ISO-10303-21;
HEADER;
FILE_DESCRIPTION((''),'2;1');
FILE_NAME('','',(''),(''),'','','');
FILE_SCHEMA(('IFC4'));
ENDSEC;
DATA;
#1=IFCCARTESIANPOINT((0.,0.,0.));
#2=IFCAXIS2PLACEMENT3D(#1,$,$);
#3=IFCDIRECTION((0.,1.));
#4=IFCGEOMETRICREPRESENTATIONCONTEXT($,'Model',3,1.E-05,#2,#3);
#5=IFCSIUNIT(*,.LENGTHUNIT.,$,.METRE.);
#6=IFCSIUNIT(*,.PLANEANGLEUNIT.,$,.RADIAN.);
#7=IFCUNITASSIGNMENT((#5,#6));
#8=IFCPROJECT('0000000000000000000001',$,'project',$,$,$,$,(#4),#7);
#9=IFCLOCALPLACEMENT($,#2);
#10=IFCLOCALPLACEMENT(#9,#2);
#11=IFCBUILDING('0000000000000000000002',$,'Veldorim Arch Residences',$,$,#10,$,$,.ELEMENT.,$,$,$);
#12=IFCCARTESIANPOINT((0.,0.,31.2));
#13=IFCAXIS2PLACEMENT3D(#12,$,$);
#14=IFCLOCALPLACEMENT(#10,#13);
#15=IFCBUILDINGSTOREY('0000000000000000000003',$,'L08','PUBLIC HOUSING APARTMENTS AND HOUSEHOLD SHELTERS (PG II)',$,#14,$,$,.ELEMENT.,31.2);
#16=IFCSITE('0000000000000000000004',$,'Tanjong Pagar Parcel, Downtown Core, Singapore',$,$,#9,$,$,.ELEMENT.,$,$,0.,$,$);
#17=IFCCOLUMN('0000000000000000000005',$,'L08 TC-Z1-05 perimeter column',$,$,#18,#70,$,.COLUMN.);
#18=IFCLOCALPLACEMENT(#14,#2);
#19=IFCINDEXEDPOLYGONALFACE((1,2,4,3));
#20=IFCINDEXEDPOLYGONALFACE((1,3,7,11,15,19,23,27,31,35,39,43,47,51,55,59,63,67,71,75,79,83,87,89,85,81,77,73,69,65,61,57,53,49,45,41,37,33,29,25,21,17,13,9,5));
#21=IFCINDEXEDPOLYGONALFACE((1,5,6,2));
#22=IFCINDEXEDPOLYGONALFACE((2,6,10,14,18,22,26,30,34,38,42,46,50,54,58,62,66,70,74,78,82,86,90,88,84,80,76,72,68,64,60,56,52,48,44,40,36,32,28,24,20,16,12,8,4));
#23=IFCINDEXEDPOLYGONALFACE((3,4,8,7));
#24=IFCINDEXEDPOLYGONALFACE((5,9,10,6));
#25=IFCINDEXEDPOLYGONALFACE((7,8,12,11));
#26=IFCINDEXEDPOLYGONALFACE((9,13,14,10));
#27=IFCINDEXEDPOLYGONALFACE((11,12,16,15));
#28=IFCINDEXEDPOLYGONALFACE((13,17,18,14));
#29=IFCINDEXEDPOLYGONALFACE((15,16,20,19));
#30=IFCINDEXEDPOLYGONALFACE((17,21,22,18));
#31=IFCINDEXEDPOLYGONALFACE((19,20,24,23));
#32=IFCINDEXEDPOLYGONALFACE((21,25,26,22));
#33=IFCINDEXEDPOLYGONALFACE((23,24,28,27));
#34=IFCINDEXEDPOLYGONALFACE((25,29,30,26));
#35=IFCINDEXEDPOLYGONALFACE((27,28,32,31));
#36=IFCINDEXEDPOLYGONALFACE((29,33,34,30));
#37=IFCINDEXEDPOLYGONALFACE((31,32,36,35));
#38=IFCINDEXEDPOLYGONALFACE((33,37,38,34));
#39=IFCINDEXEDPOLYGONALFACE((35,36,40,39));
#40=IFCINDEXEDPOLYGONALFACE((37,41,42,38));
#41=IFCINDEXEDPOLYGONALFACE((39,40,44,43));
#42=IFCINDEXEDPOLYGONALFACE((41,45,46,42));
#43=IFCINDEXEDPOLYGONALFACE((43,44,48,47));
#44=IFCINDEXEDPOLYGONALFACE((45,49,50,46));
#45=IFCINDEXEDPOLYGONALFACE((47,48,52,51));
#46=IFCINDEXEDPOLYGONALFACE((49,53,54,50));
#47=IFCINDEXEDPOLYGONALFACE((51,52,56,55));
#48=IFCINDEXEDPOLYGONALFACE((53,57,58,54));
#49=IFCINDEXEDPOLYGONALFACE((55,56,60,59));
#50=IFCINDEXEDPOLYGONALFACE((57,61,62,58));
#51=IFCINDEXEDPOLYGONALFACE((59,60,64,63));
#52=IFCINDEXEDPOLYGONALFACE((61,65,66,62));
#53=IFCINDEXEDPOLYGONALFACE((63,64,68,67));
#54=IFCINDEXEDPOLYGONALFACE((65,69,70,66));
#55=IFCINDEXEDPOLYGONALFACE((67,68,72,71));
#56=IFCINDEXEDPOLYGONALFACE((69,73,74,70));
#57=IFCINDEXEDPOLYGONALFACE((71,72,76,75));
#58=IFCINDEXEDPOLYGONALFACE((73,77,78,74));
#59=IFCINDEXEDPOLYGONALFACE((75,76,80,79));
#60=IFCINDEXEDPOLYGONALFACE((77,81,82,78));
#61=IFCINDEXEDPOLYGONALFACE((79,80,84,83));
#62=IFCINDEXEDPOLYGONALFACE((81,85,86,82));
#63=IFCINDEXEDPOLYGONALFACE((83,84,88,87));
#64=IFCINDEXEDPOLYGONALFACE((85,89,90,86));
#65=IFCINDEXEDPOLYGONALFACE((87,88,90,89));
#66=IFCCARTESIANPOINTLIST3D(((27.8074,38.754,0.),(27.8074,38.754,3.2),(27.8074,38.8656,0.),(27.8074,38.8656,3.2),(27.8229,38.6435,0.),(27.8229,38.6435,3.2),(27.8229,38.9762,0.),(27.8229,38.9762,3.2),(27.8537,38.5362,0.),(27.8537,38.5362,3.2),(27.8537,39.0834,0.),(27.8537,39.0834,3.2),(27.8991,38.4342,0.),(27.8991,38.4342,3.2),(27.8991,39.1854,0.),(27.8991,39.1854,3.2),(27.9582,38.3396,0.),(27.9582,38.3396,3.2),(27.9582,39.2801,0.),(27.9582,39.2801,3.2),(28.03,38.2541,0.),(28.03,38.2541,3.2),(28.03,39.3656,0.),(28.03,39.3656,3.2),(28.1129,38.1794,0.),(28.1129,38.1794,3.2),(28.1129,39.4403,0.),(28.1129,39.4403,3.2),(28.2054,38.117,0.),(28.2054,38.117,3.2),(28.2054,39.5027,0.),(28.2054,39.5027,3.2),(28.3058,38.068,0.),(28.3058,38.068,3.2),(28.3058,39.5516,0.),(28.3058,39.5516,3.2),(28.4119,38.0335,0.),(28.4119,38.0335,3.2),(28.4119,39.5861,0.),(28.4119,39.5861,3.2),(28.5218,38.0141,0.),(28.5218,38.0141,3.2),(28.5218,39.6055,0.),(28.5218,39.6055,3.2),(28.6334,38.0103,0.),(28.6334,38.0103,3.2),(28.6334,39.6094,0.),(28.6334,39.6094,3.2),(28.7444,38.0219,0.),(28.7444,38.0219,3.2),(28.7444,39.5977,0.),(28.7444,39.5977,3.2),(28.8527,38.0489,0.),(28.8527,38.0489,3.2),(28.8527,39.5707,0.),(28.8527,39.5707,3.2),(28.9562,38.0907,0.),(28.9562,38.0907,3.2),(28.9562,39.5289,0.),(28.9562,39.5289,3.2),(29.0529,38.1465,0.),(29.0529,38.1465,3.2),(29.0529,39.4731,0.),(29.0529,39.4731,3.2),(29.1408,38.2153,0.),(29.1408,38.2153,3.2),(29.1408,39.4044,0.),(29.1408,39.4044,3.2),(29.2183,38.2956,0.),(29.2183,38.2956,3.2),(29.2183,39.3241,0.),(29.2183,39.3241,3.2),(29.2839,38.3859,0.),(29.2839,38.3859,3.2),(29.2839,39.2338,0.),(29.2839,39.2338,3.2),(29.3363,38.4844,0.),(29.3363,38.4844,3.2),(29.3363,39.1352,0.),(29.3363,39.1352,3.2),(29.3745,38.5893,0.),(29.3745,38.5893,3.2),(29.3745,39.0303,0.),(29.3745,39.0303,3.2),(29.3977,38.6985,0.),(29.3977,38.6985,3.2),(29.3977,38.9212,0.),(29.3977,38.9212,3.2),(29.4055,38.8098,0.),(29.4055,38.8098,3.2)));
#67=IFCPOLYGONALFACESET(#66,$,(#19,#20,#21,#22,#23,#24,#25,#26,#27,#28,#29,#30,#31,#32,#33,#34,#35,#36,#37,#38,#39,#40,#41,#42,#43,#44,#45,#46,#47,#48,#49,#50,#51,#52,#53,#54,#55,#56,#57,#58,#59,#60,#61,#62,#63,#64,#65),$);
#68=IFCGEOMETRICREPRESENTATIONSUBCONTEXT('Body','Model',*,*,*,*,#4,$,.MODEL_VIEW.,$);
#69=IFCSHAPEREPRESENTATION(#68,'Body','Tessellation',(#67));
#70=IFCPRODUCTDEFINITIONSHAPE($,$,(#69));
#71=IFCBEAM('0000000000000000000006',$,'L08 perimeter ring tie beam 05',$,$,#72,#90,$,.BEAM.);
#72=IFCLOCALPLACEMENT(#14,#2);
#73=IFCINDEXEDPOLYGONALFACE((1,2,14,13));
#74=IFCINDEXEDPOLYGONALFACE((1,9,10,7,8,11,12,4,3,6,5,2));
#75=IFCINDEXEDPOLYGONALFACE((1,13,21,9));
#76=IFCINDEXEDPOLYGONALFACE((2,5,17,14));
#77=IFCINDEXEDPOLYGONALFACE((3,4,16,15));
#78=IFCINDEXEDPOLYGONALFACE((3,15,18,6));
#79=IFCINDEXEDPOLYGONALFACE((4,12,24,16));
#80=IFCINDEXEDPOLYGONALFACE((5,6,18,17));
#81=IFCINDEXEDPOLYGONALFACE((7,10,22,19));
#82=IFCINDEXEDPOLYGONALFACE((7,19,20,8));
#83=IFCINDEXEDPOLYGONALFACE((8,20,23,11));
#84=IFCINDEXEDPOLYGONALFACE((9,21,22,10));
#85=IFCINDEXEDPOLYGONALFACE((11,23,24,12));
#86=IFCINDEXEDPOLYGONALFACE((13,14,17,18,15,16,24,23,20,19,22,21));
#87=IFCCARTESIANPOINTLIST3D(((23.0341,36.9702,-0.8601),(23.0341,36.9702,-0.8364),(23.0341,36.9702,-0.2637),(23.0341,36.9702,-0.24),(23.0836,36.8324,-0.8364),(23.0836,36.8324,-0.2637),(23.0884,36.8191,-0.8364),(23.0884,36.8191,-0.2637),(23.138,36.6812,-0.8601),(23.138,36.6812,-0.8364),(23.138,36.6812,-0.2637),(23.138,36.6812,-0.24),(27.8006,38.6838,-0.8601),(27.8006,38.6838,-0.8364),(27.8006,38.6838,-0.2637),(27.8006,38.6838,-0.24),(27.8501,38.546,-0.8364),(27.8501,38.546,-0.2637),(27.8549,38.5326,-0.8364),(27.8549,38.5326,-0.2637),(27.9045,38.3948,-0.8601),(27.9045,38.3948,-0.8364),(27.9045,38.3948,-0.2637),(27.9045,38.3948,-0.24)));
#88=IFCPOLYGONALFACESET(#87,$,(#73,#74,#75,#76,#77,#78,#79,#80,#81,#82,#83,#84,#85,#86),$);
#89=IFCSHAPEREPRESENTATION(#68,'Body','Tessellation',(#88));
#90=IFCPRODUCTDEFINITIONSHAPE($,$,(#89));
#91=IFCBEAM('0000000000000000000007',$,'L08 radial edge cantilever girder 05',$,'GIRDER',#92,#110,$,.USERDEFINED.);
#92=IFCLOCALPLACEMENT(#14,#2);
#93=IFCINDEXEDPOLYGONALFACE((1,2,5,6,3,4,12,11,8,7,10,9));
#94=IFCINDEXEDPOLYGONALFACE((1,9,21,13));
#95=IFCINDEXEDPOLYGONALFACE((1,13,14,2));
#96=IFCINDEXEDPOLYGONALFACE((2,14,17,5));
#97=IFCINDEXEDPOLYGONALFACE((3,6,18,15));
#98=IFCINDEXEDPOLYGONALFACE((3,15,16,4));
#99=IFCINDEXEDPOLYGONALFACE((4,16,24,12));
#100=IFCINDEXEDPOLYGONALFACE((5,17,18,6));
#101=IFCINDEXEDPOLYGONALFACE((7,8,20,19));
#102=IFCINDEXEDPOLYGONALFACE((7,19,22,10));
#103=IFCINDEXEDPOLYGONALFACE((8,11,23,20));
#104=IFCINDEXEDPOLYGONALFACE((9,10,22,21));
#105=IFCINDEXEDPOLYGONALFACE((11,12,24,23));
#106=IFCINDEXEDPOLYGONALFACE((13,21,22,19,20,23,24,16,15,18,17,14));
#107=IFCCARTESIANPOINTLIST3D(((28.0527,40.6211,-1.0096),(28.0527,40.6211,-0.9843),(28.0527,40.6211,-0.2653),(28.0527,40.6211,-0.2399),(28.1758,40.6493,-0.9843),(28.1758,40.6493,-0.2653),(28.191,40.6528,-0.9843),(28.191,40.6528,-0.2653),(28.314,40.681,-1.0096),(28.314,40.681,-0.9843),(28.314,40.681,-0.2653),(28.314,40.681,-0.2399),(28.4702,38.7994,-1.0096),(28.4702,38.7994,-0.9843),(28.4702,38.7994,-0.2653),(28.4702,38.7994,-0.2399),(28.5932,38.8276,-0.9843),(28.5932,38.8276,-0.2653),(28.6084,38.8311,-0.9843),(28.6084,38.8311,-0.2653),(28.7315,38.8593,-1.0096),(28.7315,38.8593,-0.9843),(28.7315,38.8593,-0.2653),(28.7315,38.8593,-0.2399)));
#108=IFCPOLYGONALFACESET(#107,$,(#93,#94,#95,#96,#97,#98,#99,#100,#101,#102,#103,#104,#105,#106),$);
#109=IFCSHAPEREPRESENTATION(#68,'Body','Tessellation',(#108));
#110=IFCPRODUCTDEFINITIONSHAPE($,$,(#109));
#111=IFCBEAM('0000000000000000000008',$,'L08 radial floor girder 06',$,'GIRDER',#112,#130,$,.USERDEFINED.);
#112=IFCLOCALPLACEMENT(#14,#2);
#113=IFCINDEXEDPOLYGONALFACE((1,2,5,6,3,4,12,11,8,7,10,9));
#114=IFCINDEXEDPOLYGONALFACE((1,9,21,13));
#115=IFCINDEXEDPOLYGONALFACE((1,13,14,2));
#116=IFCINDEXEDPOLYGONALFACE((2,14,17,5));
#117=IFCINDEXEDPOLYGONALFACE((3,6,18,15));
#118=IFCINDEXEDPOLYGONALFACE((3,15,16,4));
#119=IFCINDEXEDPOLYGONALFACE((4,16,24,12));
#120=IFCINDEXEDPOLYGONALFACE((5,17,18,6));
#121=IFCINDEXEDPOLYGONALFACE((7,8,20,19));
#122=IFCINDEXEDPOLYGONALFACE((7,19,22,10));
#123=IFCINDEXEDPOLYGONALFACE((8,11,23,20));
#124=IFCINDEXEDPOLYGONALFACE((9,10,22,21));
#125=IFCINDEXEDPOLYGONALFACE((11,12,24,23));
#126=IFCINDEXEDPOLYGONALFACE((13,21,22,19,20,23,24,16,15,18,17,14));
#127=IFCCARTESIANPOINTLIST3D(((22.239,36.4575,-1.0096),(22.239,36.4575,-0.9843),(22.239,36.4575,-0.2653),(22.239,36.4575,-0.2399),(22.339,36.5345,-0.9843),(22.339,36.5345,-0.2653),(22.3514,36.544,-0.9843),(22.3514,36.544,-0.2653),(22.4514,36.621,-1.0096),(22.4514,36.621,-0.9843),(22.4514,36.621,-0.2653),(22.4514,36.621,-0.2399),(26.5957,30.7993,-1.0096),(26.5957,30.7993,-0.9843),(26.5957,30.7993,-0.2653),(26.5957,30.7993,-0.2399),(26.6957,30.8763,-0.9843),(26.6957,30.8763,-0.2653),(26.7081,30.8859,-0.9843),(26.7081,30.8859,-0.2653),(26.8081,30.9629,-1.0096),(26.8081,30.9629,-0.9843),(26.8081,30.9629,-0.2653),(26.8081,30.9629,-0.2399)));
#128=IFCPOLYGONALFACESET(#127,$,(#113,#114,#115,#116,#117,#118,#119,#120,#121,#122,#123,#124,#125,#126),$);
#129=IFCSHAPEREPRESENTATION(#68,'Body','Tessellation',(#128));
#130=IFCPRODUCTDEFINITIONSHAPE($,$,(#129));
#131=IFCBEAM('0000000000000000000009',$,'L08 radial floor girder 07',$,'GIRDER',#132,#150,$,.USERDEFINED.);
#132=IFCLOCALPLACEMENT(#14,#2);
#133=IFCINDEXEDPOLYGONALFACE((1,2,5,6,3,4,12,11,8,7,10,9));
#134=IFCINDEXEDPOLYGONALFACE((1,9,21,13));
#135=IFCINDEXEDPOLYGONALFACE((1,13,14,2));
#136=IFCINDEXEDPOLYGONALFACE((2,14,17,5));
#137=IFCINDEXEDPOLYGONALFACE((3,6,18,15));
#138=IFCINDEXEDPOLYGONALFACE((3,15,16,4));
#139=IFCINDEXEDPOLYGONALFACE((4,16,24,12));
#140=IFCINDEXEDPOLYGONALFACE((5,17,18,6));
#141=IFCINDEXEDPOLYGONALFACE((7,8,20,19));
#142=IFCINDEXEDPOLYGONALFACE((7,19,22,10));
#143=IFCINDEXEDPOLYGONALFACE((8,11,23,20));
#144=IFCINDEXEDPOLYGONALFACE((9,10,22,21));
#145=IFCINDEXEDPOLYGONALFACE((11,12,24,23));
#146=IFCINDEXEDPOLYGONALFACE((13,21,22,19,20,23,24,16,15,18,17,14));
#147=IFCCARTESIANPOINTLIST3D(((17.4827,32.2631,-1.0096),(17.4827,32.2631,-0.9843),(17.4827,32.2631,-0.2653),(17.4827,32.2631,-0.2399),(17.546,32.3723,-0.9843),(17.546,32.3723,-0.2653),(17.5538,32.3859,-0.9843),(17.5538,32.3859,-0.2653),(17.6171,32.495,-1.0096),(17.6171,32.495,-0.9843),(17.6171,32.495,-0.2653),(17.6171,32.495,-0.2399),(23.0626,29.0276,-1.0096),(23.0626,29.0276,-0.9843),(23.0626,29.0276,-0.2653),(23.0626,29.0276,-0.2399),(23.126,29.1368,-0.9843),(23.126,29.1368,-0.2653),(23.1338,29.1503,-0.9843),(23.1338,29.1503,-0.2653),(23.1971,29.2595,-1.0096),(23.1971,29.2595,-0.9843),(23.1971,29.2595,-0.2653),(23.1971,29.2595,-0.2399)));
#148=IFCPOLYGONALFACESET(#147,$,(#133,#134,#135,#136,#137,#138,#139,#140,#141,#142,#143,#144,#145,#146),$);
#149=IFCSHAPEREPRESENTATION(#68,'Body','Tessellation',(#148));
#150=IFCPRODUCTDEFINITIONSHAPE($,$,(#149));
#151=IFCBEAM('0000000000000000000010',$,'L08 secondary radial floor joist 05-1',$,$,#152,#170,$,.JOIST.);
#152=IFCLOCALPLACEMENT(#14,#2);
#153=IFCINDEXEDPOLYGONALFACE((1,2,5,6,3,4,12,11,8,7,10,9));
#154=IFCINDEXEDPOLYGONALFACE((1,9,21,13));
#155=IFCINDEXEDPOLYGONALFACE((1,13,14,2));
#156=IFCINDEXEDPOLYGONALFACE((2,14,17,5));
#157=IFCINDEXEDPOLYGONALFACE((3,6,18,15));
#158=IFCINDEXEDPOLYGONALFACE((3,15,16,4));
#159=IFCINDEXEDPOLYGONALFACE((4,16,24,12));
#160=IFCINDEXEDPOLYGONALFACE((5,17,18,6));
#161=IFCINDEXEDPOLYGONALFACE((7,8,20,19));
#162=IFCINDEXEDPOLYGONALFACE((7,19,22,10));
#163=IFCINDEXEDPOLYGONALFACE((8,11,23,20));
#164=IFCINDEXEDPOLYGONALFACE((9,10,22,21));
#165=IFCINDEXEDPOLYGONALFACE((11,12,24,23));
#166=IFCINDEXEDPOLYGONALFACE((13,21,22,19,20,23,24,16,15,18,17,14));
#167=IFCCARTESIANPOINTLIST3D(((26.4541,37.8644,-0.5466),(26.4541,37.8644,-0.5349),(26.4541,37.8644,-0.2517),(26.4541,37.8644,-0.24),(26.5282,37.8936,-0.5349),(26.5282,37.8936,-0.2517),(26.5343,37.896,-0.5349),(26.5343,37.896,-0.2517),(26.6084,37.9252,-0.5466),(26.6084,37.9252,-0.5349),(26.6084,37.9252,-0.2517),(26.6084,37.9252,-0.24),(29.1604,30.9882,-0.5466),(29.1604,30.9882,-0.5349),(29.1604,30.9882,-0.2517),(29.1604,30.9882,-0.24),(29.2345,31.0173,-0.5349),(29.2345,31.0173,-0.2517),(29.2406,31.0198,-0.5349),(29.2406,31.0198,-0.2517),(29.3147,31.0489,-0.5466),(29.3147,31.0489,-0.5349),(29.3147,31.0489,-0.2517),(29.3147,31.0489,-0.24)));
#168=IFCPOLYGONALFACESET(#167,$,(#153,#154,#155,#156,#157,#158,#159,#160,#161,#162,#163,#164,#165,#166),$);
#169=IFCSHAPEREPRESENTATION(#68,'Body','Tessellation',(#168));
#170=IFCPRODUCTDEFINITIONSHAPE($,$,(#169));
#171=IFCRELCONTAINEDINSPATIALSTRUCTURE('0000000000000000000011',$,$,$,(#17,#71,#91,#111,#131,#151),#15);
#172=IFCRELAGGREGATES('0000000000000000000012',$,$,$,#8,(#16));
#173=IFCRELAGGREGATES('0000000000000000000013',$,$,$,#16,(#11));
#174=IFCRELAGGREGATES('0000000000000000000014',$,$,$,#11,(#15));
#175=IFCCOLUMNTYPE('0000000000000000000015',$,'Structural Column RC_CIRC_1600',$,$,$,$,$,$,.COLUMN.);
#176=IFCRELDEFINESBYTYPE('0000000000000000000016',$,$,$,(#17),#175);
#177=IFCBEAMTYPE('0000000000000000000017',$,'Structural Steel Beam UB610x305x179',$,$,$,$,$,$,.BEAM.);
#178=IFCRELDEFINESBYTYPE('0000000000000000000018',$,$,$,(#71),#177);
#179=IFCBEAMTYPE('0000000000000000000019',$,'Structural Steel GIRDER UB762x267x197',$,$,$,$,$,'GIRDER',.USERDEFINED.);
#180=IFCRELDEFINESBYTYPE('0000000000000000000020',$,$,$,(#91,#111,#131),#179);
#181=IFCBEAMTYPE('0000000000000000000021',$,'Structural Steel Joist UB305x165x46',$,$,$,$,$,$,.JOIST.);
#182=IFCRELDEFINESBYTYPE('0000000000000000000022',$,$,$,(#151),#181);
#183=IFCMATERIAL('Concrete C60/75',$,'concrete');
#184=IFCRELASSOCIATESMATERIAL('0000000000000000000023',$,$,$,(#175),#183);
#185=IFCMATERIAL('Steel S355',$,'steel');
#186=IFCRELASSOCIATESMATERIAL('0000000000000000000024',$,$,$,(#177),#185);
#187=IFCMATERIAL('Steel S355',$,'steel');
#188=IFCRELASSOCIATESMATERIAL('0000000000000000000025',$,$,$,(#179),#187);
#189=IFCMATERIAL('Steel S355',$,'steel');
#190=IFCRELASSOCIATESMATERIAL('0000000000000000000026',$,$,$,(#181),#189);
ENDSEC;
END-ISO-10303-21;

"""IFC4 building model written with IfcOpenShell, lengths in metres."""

from ifc_helpers import new_model, si_unit, direction, frame, origin, origin_2d, place, context, subcontext, project, spatial, circle, i_section, extrude, material, material_profile, profile_set, type_object, element, save


model = new_model("IFC4")

# Units and contexts
model_context = context("Model", 3, precision=1e-05, world=origin(), true_north=direction((0.0, 1.0)))
body_context = subcontext(model_context, "Body", "Model", "MODEL_VIEW")
ifc_project = project(units=[si_unit("LENGTHUNIT", "METRE"), si_unit("PLANEANGLEUNIT", "RADIAN")], contexts=[model_context])

# Site, building, storey
site_placement = place(None, origin())
site = spatial("IfcSite", under=ifc_project, at=site_placement, Name="Tanjong Pagar Parcel, Downtown Core, Singapore", CompositionType="ELEMENT", RefElevation=0.0)
building_placement = place(site_placement, origin())
building = spatial("IfcBuilding", under=site, at=building_placement, Name="Veldorim Arch Residences", CompositionType="ELEMENT")
storey_placement = place(building_placement, frame((0.0, 0.0, 31.2)))
storey = spatial("IfcBuildingStorey", under=building, at=storey_placement, Name="L08", Description="PUBLIC HOUSING APARTMENTS AND HOUSEHOLD SHELTERS (PG II)", CompositionType="ELEMENT", Elevation=31.2)

# Column
ifc_material_1 = material(Name="Concrete C60/75", Category="concrete")
ifc_material_profile_1 = material_profile(ifc_material_1, circle(Radius=0.8, at=origin_2d()), Name="RC_CIRC_1600")
ifc_profile_set_1 = profile_set([ifc_material_profile_1], Name="Concrete C60/75")
column_type = type_object("IfcColumnType", Name="Structural Column RC_CIRC_1600", PredefinedType="COLUMN", material=ifc_profile_set_1)
column_placement = place(storey_placement, frame((28.6055, 38.8098, 0.0), z_axis=(0.0, 0.0, 1.0), x_axis=(1.0, 0.0, 0.0)))
element("IfcColumn", 1, at=column_placement, inside=storey, type_object=column_type, Name="L08 TC-Z1-05 perimeter column", PredefinedType="COLUMN", context=body_context, shape_type="SweptSolid", body=[
    extrude(circle(Radius=0.8, at=origin_2d()), origin(), (0.0, 0.0, 1.0), 3.2),
])

# Beams
ifc_material_2 = material(Name="Steel S355", Category="steel")
ifc_material_profile_2 = material_profile(ifc_material_2, i_section(OverallWidth=0.3071, OverallDepth=0.6201, WebThickness=0.0142, FlangeThickness=0.0237, at=origin_2d()), Name="UB610x305x179")
ifc_profile_set_2 = profile_set([ifc_material_profile_2], Name="Steel S355")
beam_type_1 = type_object("IfcBeamType", Name="Structural Steel Beam UB610x305x179", PredefinedType="BEAM", material=ifc_profile_set_2)
beam_1_placement = place(storey_placement, frame((27.8525, 38.5393, -0.55), z_axis=(-0.941035, -0.338308, 0.0), x_axis=(0.338308, -0.941035, 0.0)))
element("IfcBeam", 2, at=beam_1_placement, inside=storey, type_object=beam_type_1, Name="L08 perimeter ring tie beam 05", PredefinedType="BEAM", context=body_context, shape_type="SweptSolid", body=[
    extrude(i_section(OverallWidth=0.3071, OverallDepth=0.6201, WebThickness=0.0142, FlangeThickness=0.0237, at=origin_2d()), origin(), (0.0, 0.0, 1.0), 5.0652),
])
ifc_material_3 = material(Name="Steel S355", Category="steel")
ifc_material_profile_3 = material_profile(ifc_material_3, i_section(OverallWidth=0.2681, OverallDepth=0.7698, WebThickness=0.0156, FlangeThickness=0.0254, at=origin_2d()), Name="UB762x267x197")
ifc_profile_set_3 = profile_set([ifc_material_profile_3], Name="Steel S355")
beam_type_2 = type_object("IfcBeamType", Name="Structural Steel GIRDER UB762x267x197", ElementType="GIRDER", PredefinedType="USERDEFINED", material=ifc_profile_set_3)
beam_2_placement = place(storey_placement, frame((28.6008, 38.8293, -0.6248), z_axis=(-0.223371, 0.974734, 0.0), x_axis=(-0.974734, -0.223371, 0.0)))
element("IfcBeam", 3, at=beam_2_placement, inside=storey, type_object=beam_type_2, Name="L08 radial edge cantilever girder 05", ObjectType="GIRDER", PredefinedType="USERDEFINED", context=body_context, shape_type="SweptSolid", body=[
    extrude(i_section(OverallWidth=0.2681, OverallDepth=0.7698, WebThickness=0.0156, FlangeThickness=0.0254, at=origin_2d()), origin(), (0.0, 0.0, 1.0), 1.8689),
])
beam_3_placement = place(storey_placement, frame((26.7019, 30.8811, -0.6248), z_axis=(-0.610082, 0.792338, 0.0), x_axis=(-0.792338, -0.610082, 0.0)))
element("IfcBeam", 4, at=beam_3_placement, inside=storey, type_object=beam_type_2, Name="L08 radial floor girder 06", ObjectType="GIRDER", PredefinedType="USERDEFINED", context=body_context, shape_type="SweptSolid", body=[
    extrude(i_section(OverallWidth=0.2681, OverallDepth=0.7698, WebThickness=0.0156, FlangeThickness=0.0254, at=origin_2d()), origin(), (0.0, 0.0, 1.0), 7.1411),
])
beam_4_placement = place(storey_placement, frame((23.1299, 29.1436, -0.6248), z_axis=(-0.865088, 0.50162, 0.0), x_axis=(-0.50162, -0.865088, 0.0)))
element("IfcBeam", 5, at=beam_4_placement, inside=storey, type_object=beam_type_2, Name="L08 radial floor girder 07", ObjectType="GIRDER", PredefinedType="USERDEFINED", context=body_context, shape_type="SweptSolid", body=[
    extrude(i_section(OverallWidth=0.2681, OverallDepth=0.7698, WebThickness=0.0156, FlangeThickness=0.0254, at=origin_2d()), origin(), (0.0, 0.0, 1.0), 6.4502),
])
ifc_material_4 = material(Name="Steel S355", Category="steel")
ifc_material_profile_4 = material_profile(ifc_material_4, i_section(OverallWidth=0.1658, OverallDepth=0.3066, WebThickness=0.0066, FlangeThickness=0.0117, at=origin_2d()), Name="UB305x165x46")
ifc_profile_set_4 = profile_set([ifc_material_profile_4], Name="Steel S355")
beam_type_3 = type_object("IfcBeamType", Name="Structural Steel Joist UB305x165x46", PredefinedType="JOIST", material=ifc_profile_set_4)
beam_5_placement = place(storey_placement, frame((29.2375, 31.0186, -0.3933), z_axis=(-0.36623, 0.930524, 0.0), x_axis=(-0.930524, -0.36623, 0.0)))
element("IfcBeam", 6, at=beam_5_placement, inside=storey, type_object=beam_type_3, Name="L08 secondary radial floor joist 05-1", PredefinedType="JOIST", context=body_context, shape_type="SweptSolid", body=[
    extrude(i_section(OverallWidth=0.1658, OverallDepth=0.3066, WebThickness=0.0066, FlangeThickness=0.0117, at=origin_2d()), origin(), (0.0, 0.0, 1.0), 7.3896),
])

save(model, "model.ifc")
